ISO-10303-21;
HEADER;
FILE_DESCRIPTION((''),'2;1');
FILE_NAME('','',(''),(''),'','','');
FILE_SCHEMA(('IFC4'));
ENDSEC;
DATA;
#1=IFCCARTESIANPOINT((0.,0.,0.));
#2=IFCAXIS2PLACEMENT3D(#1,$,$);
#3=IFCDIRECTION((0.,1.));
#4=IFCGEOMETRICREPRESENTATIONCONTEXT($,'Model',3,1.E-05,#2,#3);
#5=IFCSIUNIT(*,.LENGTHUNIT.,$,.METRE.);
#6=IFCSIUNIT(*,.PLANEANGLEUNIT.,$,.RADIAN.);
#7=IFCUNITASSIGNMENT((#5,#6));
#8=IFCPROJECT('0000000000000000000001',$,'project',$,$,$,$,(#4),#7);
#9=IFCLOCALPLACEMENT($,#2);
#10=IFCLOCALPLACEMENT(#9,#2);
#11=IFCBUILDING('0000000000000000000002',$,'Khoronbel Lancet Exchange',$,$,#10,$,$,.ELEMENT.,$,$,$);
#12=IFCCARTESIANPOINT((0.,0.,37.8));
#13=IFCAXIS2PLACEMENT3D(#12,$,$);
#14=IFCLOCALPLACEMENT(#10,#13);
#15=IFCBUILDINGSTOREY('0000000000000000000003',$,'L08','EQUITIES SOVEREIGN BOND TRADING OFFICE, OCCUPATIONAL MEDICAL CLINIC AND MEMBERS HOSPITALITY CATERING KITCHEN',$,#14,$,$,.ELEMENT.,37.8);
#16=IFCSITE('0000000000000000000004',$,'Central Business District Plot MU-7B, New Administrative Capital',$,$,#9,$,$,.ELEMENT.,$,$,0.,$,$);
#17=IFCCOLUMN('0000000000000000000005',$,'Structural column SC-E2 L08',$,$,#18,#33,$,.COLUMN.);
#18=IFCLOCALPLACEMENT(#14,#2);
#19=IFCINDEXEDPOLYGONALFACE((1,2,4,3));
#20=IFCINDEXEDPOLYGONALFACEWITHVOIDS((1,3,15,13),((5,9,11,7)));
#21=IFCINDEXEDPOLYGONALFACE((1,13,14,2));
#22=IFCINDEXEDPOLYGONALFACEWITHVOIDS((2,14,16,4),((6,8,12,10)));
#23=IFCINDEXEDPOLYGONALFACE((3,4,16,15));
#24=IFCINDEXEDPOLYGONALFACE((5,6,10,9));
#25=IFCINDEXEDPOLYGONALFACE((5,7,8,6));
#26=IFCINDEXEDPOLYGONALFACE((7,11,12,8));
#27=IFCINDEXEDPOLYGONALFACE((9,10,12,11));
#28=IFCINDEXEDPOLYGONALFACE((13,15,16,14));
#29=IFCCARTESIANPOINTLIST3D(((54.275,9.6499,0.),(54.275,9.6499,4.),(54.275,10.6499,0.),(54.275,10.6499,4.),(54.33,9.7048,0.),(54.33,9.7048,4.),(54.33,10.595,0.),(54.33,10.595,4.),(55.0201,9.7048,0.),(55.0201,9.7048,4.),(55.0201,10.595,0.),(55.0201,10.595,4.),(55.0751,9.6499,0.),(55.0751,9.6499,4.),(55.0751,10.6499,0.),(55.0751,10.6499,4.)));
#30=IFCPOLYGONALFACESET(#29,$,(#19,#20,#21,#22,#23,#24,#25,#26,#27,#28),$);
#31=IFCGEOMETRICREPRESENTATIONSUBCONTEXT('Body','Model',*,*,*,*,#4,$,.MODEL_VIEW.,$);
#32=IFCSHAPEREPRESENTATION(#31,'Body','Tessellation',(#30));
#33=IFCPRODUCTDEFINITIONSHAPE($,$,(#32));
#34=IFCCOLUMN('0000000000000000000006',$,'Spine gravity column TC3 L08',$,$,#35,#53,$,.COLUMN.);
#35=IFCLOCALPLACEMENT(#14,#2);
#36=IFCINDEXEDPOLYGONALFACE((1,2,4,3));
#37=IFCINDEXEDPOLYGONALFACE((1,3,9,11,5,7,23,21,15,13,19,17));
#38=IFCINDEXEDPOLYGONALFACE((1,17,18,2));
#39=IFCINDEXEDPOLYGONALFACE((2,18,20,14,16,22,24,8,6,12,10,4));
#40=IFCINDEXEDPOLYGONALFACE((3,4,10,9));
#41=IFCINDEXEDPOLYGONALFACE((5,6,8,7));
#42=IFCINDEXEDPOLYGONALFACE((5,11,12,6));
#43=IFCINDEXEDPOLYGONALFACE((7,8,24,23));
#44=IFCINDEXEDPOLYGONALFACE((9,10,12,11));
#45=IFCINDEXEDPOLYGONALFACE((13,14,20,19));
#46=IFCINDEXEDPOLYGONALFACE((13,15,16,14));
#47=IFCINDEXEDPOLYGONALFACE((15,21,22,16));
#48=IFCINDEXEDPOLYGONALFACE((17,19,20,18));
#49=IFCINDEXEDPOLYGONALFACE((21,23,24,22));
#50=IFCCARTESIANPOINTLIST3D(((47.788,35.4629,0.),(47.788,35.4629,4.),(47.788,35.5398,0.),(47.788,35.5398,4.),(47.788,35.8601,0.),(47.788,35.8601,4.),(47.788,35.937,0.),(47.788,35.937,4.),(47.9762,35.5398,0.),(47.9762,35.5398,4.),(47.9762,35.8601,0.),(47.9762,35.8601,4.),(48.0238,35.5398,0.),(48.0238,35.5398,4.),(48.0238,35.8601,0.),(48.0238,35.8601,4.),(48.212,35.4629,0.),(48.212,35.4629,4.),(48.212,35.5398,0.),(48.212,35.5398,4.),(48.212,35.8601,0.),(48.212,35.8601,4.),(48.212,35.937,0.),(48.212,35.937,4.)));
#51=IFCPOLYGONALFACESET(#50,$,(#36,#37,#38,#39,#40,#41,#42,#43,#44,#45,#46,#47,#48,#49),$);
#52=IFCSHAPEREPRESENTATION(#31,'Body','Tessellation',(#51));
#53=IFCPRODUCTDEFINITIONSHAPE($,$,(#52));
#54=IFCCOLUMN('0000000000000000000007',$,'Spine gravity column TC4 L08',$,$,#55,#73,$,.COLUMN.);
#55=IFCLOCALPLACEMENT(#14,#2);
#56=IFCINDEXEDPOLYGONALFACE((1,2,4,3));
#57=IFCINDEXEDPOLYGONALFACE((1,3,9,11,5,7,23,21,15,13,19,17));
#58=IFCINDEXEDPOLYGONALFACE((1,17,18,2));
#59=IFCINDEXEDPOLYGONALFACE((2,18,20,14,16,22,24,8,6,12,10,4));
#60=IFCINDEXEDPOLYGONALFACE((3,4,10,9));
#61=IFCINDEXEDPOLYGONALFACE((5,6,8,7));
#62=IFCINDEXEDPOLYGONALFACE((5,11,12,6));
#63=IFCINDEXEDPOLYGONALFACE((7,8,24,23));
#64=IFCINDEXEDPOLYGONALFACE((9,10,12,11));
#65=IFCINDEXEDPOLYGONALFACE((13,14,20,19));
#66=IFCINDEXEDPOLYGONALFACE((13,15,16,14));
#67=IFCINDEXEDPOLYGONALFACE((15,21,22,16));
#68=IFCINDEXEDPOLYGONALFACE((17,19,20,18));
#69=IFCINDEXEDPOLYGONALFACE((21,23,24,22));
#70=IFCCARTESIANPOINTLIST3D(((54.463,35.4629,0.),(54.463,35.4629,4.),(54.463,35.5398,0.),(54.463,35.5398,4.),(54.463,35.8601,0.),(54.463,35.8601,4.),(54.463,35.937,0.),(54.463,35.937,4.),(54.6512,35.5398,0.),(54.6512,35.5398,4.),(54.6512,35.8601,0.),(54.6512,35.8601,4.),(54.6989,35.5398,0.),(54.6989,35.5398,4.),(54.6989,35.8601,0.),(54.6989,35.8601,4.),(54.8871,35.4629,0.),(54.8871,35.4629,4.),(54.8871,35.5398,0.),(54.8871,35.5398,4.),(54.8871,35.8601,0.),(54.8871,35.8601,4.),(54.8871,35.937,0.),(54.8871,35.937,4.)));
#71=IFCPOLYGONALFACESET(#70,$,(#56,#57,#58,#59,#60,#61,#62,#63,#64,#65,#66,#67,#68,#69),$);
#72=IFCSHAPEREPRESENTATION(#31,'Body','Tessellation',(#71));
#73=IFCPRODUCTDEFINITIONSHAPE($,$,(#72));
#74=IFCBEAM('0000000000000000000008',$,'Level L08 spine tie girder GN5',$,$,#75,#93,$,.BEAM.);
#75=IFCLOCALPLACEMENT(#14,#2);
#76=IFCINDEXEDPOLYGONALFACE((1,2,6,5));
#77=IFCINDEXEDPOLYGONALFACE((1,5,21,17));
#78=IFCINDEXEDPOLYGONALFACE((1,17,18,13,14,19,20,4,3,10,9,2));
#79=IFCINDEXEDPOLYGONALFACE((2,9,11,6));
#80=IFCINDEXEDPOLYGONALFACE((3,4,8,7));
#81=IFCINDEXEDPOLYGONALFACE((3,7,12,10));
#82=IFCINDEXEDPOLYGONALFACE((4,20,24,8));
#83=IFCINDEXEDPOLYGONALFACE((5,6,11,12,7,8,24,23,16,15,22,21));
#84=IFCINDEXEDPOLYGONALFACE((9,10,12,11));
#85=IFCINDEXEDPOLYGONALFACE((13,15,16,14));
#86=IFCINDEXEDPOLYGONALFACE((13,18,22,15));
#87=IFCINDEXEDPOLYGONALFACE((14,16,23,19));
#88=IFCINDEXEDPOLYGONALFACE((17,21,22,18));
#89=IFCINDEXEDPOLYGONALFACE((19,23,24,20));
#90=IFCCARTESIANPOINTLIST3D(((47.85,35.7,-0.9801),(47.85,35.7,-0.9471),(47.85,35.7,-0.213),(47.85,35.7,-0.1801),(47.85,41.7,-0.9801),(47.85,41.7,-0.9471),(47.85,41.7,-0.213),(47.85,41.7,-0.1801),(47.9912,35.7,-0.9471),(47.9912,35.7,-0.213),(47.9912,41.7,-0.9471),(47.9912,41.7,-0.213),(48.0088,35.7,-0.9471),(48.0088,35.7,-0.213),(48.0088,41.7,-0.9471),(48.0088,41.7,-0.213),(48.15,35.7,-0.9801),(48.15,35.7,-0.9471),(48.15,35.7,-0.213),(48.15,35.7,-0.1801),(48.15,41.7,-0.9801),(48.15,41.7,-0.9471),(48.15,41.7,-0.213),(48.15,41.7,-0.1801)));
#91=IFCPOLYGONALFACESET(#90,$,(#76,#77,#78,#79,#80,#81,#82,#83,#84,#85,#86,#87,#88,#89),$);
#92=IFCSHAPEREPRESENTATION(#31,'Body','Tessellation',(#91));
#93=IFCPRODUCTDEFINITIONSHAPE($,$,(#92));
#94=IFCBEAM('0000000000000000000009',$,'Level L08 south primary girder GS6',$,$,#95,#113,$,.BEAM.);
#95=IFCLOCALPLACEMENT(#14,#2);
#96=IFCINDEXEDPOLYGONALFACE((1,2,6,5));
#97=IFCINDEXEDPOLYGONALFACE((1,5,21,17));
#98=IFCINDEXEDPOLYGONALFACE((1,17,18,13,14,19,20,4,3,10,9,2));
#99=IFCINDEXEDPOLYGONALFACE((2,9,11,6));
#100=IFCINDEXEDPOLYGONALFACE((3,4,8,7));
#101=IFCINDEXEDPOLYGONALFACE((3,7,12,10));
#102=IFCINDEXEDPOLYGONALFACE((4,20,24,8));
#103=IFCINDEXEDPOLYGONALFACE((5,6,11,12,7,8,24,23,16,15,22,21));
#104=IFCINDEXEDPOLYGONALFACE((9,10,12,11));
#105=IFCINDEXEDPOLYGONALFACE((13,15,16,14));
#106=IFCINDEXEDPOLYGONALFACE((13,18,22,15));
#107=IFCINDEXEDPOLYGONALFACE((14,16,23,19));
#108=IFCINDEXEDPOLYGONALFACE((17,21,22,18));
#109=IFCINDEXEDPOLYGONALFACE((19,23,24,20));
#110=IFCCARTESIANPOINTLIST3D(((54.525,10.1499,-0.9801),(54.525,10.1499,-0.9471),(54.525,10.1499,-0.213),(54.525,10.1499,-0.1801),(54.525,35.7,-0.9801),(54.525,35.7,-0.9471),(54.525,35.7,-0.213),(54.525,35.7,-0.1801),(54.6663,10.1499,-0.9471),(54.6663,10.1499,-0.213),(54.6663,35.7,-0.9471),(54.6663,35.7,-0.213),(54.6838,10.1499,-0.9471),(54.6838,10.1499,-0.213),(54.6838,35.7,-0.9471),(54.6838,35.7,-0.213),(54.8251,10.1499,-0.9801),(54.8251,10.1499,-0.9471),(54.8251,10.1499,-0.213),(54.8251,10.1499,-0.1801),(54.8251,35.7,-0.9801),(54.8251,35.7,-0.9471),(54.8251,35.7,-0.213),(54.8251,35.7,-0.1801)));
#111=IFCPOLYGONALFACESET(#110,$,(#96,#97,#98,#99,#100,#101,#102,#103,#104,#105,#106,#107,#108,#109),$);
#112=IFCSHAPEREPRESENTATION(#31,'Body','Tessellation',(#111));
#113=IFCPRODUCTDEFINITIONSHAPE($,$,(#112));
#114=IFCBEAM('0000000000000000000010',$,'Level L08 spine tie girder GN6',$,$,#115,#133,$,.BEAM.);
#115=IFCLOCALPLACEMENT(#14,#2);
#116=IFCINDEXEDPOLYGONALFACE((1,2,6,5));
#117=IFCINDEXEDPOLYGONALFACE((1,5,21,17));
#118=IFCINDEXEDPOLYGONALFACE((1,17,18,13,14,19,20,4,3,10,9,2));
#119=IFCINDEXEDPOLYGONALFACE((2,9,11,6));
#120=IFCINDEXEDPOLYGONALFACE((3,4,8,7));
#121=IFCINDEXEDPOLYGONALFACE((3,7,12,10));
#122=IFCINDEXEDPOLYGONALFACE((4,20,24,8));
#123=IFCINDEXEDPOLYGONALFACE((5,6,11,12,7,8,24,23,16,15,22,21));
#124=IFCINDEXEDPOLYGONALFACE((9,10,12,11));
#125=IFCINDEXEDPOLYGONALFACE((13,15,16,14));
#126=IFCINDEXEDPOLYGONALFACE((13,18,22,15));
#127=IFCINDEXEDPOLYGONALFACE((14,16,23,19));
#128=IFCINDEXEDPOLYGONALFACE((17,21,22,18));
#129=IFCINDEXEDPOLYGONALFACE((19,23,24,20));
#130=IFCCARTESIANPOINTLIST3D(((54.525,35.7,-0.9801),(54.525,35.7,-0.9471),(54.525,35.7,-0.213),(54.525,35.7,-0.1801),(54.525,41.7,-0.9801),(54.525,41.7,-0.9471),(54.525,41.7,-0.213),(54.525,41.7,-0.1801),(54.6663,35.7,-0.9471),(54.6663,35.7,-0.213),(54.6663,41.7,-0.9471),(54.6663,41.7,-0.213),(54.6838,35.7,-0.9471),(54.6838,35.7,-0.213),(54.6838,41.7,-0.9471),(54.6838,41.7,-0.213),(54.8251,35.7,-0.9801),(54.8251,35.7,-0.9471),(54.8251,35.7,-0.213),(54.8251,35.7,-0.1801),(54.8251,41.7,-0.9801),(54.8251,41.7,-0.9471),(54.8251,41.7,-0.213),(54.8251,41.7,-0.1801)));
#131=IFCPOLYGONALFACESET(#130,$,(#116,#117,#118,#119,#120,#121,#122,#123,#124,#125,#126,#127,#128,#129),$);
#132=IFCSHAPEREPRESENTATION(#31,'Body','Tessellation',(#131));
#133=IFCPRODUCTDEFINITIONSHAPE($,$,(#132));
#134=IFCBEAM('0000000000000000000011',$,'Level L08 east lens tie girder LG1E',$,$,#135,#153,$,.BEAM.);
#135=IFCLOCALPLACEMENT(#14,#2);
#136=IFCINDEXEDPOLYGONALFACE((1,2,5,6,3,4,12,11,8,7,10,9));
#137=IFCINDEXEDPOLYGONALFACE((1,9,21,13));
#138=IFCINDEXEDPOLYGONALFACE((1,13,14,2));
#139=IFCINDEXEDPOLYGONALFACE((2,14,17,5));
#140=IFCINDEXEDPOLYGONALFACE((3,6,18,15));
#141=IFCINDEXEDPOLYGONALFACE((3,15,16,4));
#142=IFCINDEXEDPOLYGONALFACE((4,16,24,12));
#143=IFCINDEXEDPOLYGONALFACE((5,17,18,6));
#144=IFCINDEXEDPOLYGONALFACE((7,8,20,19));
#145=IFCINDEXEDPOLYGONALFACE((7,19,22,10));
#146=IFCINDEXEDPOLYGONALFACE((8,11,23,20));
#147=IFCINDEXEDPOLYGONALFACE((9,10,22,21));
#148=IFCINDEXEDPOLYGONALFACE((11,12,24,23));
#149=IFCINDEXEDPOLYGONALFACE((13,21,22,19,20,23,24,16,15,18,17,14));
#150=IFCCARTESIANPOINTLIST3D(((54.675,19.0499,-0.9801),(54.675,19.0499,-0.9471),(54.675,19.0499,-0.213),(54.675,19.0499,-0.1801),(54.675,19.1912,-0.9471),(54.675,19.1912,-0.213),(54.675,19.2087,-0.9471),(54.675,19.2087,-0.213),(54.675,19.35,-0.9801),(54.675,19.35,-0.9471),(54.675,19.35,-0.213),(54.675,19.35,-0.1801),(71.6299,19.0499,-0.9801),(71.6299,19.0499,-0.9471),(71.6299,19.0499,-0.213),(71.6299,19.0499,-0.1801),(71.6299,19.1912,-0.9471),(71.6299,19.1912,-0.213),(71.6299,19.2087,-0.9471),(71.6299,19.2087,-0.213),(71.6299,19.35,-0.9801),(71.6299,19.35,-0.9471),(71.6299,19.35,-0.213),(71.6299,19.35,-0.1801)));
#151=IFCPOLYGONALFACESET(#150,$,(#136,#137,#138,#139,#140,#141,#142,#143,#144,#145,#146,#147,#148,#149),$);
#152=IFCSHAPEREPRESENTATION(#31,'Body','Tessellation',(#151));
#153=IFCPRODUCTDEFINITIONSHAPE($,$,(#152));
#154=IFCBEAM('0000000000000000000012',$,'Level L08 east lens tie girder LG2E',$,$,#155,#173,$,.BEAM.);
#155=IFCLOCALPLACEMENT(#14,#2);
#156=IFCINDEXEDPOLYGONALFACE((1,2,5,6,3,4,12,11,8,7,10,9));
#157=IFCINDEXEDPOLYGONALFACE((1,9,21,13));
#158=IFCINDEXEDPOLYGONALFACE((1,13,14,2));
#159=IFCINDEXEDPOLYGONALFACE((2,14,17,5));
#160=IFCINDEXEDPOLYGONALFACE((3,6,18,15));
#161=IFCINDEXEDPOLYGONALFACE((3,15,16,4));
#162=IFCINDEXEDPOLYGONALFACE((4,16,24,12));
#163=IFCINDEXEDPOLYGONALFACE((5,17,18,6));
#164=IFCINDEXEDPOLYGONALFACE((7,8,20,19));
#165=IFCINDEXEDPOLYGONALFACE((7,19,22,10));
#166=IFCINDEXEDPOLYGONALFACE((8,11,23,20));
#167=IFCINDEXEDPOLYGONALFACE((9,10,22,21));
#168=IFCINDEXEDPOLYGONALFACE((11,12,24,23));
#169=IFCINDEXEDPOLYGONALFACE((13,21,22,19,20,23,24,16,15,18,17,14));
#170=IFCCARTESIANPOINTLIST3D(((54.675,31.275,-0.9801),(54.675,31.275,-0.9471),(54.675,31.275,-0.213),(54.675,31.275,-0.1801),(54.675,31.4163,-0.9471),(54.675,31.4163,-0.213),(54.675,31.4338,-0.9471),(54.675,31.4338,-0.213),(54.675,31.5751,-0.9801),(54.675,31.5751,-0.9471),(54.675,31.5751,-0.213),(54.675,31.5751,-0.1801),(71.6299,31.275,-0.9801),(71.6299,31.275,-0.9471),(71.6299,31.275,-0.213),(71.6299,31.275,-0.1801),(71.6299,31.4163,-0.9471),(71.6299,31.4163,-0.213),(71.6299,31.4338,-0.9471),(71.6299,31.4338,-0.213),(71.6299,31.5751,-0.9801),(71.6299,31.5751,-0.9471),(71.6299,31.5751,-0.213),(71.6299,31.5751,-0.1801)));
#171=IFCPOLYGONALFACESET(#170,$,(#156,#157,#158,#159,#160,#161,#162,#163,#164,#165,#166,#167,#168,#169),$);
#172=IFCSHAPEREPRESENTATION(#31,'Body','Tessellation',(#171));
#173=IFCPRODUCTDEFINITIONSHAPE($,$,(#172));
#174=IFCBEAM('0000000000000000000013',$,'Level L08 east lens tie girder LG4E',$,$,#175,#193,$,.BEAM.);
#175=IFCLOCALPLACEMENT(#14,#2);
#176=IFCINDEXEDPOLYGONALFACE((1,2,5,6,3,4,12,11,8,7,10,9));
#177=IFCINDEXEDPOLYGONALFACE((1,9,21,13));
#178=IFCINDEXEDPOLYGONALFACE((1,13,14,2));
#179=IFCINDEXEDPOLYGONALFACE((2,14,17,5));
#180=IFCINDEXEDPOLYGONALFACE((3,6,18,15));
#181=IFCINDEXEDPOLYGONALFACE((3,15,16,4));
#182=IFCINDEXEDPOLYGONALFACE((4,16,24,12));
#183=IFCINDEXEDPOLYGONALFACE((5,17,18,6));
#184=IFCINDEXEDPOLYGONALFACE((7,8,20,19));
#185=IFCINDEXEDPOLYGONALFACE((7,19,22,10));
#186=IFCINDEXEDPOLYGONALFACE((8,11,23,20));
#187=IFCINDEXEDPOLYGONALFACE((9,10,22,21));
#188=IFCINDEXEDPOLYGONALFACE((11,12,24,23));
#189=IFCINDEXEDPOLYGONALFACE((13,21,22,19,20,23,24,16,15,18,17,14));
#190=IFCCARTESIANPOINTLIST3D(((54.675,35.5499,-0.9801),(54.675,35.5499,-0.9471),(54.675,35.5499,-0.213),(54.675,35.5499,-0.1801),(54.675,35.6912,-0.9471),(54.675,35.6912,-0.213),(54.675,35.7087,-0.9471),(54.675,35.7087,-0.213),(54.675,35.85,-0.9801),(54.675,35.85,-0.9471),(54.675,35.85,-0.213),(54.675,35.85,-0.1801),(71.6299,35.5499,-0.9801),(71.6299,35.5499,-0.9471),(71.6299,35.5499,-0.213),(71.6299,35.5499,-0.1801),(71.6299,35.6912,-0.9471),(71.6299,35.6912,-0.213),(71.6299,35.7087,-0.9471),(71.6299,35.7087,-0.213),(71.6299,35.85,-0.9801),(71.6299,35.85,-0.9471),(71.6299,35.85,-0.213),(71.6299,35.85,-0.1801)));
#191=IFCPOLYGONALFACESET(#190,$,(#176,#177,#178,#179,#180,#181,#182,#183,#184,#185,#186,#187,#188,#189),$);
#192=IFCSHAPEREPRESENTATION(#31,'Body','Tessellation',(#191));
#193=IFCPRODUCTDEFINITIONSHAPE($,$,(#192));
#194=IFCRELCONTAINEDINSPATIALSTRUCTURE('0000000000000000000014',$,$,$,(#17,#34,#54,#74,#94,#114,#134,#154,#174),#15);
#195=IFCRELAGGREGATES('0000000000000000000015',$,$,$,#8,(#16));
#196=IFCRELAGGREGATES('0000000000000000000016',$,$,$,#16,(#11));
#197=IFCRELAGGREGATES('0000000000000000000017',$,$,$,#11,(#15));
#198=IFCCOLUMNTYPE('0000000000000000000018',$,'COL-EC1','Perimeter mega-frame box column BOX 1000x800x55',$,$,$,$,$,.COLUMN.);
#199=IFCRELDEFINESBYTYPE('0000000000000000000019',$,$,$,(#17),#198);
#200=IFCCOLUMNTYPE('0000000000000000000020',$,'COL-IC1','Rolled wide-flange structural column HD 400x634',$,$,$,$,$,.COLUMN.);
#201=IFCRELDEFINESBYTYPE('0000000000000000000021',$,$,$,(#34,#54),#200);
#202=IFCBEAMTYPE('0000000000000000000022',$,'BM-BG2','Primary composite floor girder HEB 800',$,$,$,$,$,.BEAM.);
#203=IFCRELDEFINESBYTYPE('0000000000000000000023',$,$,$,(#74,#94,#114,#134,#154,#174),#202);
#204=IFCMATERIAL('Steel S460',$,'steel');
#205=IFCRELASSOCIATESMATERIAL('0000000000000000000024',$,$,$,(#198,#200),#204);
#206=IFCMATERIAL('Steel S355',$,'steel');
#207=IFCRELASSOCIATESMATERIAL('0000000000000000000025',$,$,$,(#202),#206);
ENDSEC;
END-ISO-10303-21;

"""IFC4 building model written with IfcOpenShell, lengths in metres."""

from ifc_helpers import new_model, si_unit, direction, frame, origin, origin_2d, place, context, subcontext, project, spatial, hollow_rectangle, i_section, extrude, material, material_profile, profile_set, type_object, element, save


model = new_model("IFC4")

# Units and contexts
model_context = context("Model", 3, precision=1e-05, world=origin(), true_north=direction((0.0, 1.0)))
body_context = subcontext(model_context, "Body", "Model", "MODEL_VIEW")
ifc_project = project(units=[si_unit("LENGTHUNIT", "METRE"), si_unit("PLANEANGLEUNIT", "RADIAN")], contexts=[model_context])

# Site, building, storey
site_placement = place(None, origin())
site = spatial("IfcSite", under=ifc_project, at=site_placement, Name="Central Business District Plot MU-7B, New Administrative Capital", CompositionType="ELEMENT", RefElevation=0.0)
building_placement = place(site_placement, origin())
building = spatial("IfcBuilding", under=site, at=building_placement, Name="Khoronbel Lancet Exchange", CompositionType="ELEMENT")
storey_placement = place(building_placement, frame((0.0, 0.0, 37.8)))
storey = spatial("IfcBuildingStorey", under=building, at=storey_placement, Name="L08", Description="EQUITIES SOVEREIGN BOND TRADING OFFICE, OCCUPATIONAL MEDICAL CLINIC AND MEMBERS HOSPITALITY CATERING KITCHEN", CompositionType="ELEMENT", Elevation=37.8)

# Columns
ifc_material_1 = material(Name="Steel S460", Category="steel")
ifc_material_profile_1 = material_profile(ifc_material_1, hollow_rectangle(XDim=0.8, YDim=1.0, WallThickness=0.0549, at=origin_2d()), Name="BOX 1000x800x55")
ifc_profile_set_1 = profile_set([ifc_material_profile_1], Name="Steel S460")
column_type_1 = type_object("IfcColumnType", Name="COL-EC1", Description="Perimeter mega-frame box column BOX 1000x800x55", PredefinedType="COLUMN", material=ifc_profile_set_1)
column_placement = place(storey_placement, frame((54.675, 10.1499, 0.0), z_axis=(0.0, 0.0, 1.0), x_axis=(1.0, 0.0, 0.0)))
element("IfcColumn", 1, at=column_placement, inside=storey, type_object=column_type_1, Name="Structural column SC-E2 L08", PredefinedType="COLUMN", context=body_context, shape_type="SweptSolid", body=[
    extrude(hollow_rectangle(XDim=0.8, YDim=1.0, WallThickness=0.0549, at=origin_2d()), origin(), (0.0, 0.0, 1.0), 4.0),
])
ifc_material_profile_2 = material_profile(ifc_material_1, i_section(OverallWidth=0.4241, OverallDepth=0.4741, WebThickness=0.0476, FlangeThickness=0.0769, at=origin_2d()), Name="HD 400x634")
ifc_profile_set_2 = profile_set([ifc_material_profile_2], Name="Steel S460")
column_type_2 = type_object("IfcColumnType", Name="COL-IC1", Description="Rolled wide-flange structural column HD 400x634", PredefinedType="COLUMN", material=ifc_profile_set_2)
for number, where, z_axis, x_axis, name in (
    (2, (48.0, 35.7, 0.0), (0.0, 0.0, 1.0), (1.0, 0.0, 0.0), "Spine gravity column TC3 L08"),
    (3, (54.675, 35.7, 0.0), (0.0, 0.0, 1.0), (1.0, 0.0, 0.0), "Spine gravity column TC4 L08"),
):
    element("IfcColumn", number, at=place(storey_placement, frame(where, z_axis=z_axis, x_axis=x_axis)), inside=storey, type_object=column_type_2, Name=name, PredefinedType="COLUMN", context=body_context, shape_type="SweptSolid", body=[
        extrude(i_section(OverallWidth=0.4241, OverallDepth=0.4741, WebThickness=0.0476, FlangeThickness=0.0769, at=origin_2d()), origin(), (0.0, 0.0, 1.0), 4.0),
    ])

# Beams
ifc_material_2 = material(Name="Steel S355", Category="steel")
ifc_material_profile_3 = material_profile(ifc_material_2, i_section(OverallWidth=0.3, OverallDepth=0.8, WebThickness=0.0176, FlangeThickness=0.033, at=origin_2d()), Name="HEB 800")
ifc_profile_set_3 = profile_set([ifc_material_profile_3], Name="Steel S355")
beam_type_1 = type_object("IfcBeamType", Name="BM-BG2", Description="Primary composite floor girder HEB 800", PredefinedType="BEAM", material=ifc_profile_set_3)
beam_1_placement = place(storey_placement, frame((48.0, 35.7, -0.5801), z_axis=(0.0, 1.0, 0.0), x_axis=(-1.0, 0.0, 0.0)))
element("IfcBeam", 4, at=beam_1_placement, inside=storey, type_object=beam_type_1, Name="Level L08 spine tie girder GN5", PredefinedType="BEAM", context=body_context, shape_type="SweptSolid", body=[
    extrude(i_section(OverallWidth=0.3, OverallDepth=0.8, WebThickness=0.0176, FlangeThickness=0.033, at=origin_2d()), origin(), (0.0, 0.0, 1.0), 6.0),
])
beam_2_placement = place(storey_placement, frame((54.675, 10.1499, -0.5801), z_axis=(0.0, 1.0, 0.0), x_axis=(-1.0, 0.0, 0.0)))
element("IfcBeam", 5, at=beam_2_placement, inside=storey, type_object=beam_type_1, Name="Level L08 south primary girder GS6", PredefinedType="BEAM", context=body_context, shape_type="SweptSolid", body=[
    extrude(i_section(OverallWidth=0.3, OverallDepth=0.8, WebThickness=0.0176, FlangeThickness=0.033, at=origin_2d()), origin(), (0.0, 0.0, 1.0), 25.55),
])
beam_3_placement = place(storey_placement, frame((54.675, 35.7, -0.5801), z_axis=(0.0, 1.0, 0.0), x_axis=(-1.0, 0.0, 0.0)))
element("IfcBeam", 6, at=beam_3_placement, inside=storey, type_object=beam_type_1, Name="Level L08 spine tie girder GN6", PredefinedType="BEAM", context=body_context, shape_type="SweptSolid", body=[
    extrude(i_section(OverallWidth=0.3, OverallDepth=0.8, WebThickness=0.0176, FlangeThickness=0.033, at=origin_2d()), origin(), (0.0, 0.0, 1.0), 6.0),
])
for number, where, z_axis, x_axis, name in (
    (7, (54.675, 19.2, -0.5801), (1.0, 0.0, 0.0), (0.0, 1.0, 0.0), "Level L08 east lens tie girder LG1E"),
    (8, (54.675, 31.425, -0.5801), (1.0, 0.0, 0.0), (0.0, 1.0, 0.0), "Level L08 east lens tie girder LG2E"),
    (9, (54.675, 35.7, -0.5801), (1.0, 0.0, 0.0), (0.0, 1.0, 0.0), "Level L08 east lens tie girder LG4E"),
):
    element("IfcBeam", number, at=place(storey_placement, frame(where, z_axis=z_axis, x_axis=x_axis)), inside=storey, type_object=beam_type_1, Name=name, PredefinedType="BEAM", context=body_context, shape_type="SweptSolid", body=[
        extrude(i_section(OverallWidth=0.3, OverallDepth=0.8, WebThickness=0.0176, FlangeThickness=0.033, at=origin_2d()), origin(), (0.0, 0.0, 1.0), 16.9548),
    ])

save(model, "model.ifc")
